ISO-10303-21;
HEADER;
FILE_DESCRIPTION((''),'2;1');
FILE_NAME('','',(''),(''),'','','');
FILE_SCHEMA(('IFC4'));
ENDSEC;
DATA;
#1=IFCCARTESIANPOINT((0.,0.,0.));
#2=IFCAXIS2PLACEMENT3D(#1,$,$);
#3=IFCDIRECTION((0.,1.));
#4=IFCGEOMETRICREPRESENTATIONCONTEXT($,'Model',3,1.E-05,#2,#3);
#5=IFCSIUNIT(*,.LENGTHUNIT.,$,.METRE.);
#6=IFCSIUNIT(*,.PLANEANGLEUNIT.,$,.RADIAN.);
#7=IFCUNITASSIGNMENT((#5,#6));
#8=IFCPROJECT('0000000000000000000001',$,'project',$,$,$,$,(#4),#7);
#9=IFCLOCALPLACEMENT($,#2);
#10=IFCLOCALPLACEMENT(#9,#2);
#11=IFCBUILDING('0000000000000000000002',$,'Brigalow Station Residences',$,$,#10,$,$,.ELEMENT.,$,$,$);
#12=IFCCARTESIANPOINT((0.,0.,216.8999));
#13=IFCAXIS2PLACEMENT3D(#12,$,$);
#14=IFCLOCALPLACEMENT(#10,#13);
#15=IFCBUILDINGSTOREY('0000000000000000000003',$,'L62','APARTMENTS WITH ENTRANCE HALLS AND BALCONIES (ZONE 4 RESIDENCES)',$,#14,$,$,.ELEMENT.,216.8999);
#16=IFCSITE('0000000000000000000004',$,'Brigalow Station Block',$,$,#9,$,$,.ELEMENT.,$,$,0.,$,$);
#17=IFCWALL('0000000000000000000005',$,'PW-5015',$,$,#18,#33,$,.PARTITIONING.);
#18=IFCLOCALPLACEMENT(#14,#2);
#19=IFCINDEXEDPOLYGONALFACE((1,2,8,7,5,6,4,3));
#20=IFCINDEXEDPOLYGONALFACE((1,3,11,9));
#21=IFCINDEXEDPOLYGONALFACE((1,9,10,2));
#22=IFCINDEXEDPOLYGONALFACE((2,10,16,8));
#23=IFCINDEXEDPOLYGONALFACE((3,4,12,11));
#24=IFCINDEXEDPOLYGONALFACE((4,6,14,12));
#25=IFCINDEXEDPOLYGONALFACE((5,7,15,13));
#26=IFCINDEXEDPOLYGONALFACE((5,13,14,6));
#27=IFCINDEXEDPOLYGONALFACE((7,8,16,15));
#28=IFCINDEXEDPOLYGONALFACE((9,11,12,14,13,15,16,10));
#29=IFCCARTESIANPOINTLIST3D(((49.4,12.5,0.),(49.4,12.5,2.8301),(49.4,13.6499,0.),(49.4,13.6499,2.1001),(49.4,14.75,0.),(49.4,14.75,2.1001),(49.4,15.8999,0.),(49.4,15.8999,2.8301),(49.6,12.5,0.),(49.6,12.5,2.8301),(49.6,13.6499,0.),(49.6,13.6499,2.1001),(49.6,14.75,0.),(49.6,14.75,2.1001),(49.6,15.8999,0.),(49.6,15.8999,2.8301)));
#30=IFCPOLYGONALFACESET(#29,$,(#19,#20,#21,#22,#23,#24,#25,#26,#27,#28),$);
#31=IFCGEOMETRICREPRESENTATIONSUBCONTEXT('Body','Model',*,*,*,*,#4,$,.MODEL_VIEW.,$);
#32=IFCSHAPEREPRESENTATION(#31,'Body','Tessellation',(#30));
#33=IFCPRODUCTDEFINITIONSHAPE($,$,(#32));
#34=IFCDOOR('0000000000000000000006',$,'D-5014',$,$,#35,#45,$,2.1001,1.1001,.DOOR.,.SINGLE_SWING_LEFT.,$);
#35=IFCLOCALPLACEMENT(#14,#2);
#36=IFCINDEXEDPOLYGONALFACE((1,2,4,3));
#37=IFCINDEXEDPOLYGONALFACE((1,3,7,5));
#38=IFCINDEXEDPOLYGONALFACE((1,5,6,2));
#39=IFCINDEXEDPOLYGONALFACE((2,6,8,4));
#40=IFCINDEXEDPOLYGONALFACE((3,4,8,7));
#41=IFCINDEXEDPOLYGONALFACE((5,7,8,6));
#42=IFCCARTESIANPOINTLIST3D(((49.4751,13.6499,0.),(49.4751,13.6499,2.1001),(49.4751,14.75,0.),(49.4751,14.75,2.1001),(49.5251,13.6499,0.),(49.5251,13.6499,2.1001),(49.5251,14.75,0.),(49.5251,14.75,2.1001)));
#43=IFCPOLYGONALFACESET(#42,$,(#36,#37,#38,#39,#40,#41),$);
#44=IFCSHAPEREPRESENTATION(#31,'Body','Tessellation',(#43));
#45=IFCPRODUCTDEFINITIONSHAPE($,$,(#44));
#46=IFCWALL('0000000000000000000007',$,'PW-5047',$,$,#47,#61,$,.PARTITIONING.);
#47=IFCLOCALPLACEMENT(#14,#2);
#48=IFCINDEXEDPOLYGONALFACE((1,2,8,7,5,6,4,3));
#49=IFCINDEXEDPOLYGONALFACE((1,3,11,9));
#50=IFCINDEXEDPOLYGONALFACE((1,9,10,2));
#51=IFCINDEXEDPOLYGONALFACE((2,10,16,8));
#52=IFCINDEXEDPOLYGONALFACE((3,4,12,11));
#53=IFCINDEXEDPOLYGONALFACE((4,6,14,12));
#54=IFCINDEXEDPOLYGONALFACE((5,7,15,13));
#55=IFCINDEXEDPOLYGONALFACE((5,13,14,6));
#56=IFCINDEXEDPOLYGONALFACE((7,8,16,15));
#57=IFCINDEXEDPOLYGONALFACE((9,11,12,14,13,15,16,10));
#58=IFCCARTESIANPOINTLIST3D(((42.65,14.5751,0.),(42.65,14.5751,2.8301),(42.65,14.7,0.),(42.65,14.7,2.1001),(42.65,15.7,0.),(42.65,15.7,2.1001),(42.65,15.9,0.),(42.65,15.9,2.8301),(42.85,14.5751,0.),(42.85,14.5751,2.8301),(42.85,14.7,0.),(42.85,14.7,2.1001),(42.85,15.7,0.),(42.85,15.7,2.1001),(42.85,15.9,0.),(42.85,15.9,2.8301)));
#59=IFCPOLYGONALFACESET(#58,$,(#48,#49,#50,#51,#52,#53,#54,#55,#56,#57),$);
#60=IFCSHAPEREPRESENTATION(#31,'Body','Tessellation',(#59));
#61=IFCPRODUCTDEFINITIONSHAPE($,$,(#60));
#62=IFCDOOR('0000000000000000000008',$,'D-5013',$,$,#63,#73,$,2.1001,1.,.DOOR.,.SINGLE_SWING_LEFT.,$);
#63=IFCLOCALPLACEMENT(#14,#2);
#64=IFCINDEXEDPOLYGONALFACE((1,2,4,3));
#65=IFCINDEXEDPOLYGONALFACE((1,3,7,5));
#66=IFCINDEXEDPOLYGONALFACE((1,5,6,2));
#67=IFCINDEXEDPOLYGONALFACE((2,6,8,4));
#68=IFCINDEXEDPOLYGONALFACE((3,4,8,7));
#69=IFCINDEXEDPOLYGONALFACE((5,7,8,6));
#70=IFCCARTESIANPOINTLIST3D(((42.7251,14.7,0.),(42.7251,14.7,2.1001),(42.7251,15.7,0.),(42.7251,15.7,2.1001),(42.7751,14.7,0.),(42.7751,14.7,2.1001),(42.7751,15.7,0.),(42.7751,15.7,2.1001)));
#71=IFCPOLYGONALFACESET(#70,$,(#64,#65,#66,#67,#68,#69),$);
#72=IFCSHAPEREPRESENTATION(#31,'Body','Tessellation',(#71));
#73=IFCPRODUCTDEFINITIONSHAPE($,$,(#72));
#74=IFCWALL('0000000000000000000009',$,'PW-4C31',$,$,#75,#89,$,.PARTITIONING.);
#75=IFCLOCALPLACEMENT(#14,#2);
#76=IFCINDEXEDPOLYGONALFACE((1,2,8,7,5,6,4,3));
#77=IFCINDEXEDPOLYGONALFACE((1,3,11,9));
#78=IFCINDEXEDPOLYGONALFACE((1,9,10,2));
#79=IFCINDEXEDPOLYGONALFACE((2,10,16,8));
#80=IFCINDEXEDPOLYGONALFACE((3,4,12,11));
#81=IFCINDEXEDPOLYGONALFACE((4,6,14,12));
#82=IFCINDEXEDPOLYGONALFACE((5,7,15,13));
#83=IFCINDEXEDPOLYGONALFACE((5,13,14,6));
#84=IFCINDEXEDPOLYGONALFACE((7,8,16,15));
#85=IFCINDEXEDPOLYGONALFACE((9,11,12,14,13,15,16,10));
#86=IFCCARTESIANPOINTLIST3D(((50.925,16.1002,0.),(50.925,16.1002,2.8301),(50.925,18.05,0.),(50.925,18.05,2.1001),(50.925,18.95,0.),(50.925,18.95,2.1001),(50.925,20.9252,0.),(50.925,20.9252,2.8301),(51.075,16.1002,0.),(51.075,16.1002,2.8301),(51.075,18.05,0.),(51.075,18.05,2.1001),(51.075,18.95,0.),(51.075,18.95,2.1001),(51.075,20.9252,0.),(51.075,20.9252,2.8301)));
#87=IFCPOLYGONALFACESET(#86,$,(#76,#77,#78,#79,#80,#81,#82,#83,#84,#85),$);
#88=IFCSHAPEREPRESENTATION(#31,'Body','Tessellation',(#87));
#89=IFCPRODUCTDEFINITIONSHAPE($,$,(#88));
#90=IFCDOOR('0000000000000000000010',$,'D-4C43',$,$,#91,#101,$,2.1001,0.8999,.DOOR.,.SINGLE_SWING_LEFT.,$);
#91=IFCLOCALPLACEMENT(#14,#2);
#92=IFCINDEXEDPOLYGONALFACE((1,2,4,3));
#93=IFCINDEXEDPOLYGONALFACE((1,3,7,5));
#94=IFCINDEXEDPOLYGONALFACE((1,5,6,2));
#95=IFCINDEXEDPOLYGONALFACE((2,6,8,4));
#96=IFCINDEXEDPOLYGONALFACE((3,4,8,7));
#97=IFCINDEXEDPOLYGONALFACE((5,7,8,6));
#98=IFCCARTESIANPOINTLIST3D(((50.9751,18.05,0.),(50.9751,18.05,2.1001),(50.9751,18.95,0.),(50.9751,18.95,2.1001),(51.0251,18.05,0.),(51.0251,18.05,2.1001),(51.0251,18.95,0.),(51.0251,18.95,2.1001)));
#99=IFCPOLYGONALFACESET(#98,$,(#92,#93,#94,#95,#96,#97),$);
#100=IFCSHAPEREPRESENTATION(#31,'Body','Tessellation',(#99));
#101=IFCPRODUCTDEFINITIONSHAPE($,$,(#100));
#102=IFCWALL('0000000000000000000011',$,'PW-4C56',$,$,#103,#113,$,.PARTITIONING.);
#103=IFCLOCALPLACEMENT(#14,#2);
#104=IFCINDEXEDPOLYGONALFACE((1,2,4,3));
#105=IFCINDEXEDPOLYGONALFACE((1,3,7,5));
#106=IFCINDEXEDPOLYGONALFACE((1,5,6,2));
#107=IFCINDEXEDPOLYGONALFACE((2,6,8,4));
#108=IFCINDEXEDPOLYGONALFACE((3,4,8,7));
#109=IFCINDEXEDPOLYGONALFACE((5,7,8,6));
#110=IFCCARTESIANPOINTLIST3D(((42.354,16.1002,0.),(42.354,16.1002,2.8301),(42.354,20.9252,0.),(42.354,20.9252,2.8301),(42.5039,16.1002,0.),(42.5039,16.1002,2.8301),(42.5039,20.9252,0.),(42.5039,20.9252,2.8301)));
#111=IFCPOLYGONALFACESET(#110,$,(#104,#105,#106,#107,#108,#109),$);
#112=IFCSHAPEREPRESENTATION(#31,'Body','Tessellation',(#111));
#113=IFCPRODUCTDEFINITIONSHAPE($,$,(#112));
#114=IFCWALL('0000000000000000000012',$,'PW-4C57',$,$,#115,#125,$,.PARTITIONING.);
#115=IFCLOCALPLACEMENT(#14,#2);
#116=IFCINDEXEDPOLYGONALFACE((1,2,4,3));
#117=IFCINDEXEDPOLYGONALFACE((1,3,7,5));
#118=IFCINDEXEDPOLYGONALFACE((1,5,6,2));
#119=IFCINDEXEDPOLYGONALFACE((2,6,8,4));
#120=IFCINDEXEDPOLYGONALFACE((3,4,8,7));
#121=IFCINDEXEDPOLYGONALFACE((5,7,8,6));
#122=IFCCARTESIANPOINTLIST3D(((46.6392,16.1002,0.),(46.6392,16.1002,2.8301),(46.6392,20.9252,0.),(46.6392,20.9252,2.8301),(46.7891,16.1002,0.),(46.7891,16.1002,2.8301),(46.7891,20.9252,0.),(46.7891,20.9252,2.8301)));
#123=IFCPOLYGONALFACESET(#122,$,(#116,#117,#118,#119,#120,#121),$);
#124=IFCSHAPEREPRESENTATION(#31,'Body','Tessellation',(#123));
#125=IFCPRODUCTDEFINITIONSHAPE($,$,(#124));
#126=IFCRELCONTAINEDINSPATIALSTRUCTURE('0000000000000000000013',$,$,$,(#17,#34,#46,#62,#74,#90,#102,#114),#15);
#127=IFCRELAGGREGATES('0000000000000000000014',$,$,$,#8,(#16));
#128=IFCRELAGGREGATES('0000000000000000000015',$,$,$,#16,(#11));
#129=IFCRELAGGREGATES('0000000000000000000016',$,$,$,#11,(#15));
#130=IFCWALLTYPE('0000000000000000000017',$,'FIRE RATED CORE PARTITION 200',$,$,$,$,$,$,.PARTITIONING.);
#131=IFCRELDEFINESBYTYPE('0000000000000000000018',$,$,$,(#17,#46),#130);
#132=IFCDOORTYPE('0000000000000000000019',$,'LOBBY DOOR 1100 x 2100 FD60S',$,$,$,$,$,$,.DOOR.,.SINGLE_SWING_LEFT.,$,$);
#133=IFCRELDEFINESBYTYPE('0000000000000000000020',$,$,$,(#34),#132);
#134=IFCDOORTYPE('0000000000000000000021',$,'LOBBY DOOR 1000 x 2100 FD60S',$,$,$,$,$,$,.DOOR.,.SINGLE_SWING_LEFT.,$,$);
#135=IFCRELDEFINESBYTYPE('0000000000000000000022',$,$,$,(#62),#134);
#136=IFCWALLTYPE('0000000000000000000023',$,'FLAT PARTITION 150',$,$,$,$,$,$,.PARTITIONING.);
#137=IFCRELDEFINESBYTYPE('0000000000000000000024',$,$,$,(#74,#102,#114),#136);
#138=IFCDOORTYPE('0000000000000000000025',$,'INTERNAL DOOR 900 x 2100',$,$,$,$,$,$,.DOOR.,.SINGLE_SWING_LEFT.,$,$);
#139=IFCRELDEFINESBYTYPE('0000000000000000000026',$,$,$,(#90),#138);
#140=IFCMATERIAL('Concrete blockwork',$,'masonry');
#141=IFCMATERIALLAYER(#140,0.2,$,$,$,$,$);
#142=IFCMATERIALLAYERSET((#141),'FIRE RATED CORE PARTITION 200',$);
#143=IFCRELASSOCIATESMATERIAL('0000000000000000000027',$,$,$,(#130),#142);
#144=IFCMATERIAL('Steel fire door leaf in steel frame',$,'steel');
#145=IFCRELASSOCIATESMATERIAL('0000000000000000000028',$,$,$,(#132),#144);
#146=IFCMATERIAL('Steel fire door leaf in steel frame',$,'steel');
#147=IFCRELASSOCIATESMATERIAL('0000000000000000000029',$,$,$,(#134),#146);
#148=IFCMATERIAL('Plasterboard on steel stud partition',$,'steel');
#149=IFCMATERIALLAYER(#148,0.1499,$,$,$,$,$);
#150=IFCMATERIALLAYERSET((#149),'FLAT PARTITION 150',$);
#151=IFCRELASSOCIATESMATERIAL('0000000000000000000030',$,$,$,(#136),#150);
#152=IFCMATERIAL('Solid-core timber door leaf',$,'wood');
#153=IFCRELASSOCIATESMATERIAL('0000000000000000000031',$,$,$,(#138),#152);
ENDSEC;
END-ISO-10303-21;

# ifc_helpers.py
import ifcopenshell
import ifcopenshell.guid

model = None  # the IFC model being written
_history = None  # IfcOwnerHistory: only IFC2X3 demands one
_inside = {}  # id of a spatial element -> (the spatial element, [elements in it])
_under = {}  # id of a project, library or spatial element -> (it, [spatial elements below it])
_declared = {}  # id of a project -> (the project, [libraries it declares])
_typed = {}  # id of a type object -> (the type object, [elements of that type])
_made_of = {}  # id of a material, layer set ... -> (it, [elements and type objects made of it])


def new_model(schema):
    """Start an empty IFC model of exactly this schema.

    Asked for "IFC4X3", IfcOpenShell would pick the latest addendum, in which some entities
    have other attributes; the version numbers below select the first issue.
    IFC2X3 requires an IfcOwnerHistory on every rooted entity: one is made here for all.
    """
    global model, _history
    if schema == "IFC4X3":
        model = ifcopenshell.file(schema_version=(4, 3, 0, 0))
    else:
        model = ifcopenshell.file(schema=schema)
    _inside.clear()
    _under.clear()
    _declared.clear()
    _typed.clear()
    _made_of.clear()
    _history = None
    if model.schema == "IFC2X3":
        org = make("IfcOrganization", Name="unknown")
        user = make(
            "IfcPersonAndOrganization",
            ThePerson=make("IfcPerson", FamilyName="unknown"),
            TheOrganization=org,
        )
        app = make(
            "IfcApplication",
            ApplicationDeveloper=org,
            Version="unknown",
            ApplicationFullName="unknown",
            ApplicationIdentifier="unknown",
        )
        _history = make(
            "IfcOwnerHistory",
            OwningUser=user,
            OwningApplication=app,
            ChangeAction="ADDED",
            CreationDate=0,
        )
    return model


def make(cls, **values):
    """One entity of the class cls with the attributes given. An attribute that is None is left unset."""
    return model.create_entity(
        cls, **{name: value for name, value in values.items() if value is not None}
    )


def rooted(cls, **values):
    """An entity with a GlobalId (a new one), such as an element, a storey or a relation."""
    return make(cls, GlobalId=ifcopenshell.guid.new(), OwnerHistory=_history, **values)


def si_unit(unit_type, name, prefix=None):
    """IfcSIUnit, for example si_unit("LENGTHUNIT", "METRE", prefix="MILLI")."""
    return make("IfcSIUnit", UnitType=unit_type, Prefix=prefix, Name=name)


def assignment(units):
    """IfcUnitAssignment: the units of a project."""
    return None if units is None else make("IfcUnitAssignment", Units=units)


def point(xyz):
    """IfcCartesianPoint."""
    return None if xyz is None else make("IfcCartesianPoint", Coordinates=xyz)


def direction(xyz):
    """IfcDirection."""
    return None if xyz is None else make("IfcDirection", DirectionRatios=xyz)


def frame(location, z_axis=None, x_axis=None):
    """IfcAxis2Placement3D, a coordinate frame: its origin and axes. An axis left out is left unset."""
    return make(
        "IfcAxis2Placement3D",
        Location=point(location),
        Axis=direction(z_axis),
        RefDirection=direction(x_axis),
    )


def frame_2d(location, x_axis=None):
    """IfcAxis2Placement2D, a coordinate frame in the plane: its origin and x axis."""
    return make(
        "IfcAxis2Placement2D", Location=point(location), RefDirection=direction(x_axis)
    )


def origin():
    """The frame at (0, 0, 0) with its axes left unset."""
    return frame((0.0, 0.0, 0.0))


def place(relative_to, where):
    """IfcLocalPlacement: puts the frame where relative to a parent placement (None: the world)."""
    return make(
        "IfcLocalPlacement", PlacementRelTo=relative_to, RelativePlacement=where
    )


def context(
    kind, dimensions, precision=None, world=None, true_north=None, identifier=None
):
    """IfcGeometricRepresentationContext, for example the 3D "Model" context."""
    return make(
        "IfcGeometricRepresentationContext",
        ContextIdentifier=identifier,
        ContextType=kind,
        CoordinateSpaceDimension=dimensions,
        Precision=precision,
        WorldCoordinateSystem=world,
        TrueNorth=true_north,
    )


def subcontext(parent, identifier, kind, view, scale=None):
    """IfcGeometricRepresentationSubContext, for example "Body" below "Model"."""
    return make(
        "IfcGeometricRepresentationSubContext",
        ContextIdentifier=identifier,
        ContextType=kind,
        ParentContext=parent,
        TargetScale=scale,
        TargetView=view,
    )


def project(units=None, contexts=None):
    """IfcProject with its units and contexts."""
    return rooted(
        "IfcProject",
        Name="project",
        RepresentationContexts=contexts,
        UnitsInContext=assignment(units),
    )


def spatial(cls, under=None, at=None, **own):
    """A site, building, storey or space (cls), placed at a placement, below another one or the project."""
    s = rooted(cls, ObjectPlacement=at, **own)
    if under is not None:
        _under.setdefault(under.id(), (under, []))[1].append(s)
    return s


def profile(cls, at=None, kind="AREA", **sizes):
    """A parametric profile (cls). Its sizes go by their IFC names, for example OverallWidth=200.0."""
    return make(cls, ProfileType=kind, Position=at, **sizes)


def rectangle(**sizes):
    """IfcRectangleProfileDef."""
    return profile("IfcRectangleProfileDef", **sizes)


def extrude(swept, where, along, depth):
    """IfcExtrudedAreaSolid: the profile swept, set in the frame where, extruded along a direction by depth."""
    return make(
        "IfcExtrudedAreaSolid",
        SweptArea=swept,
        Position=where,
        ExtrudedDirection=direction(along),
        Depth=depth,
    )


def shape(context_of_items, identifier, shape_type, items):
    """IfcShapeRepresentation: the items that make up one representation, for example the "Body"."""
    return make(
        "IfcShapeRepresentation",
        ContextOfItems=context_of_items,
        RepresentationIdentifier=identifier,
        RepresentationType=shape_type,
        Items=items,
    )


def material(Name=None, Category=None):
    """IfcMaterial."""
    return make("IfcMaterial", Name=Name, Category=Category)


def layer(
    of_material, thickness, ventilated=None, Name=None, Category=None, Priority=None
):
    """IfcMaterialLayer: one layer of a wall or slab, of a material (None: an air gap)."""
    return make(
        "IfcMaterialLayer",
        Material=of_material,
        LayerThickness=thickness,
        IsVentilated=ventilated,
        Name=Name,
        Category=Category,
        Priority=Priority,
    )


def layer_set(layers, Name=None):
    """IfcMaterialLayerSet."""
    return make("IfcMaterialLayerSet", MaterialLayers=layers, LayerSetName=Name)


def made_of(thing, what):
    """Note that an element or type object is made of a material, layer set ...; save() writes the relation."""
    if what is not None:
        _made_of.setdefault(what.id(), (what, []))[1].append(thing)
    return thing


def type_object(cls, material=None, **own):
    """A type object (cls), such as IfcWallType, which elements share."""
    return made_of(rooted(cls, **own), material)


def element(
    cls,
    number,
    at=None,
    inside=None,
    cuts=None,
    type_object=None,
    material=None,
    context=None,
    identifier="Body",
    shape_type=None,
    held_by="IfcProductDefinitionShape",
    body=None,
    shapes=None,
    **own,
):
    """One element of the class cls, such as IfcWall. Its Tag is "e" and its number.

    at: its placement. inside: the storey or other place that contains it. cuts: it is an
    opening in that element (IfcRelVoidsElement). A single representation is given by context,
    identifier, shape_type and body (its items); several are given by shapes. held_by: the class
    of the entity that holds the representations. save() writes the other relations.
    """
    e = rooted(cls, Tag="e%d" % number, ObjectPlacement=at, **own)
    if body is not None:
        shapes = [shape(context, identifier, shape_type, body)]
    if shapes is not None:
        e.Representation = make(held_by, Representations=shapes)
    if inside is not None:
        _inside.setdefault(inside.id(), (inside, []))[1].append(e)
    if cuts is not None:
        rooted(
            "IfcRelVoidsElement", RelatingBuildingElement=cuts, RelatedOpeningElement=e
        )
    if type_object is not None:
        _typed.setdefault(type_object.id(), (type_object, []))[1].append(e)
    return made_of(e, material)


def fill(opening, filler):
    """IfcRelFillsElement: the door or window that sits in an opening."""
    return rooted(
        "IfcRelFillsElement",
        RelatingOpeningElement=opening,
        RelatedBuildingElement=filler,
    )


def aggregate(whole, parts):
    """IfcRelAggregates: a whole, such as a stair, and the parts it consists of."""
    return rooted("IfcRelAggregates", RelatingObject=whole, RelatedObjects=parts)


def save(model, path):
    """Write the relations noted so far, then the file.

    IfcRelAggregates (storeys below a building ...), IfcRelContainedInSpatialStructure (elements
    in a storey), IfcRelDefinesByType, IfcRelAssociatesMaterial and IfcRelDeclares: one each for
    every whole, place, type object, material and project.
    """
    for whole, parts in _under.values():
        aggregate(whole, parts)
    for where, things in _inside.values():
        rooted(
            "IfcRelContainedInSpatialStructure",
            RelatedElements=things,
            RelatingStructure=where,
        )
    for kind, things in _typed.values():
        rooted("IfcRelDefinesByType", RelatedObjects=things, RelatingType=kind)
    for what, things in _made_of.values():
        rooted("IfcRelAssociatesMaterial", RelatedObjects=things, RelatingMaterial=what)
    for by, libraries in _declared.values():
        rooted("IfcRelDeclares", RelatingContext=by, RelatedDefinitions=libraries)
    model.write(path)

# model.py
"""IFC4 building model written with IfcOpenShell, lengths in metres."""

from ifc_helpers import new_model, si_unit, direction, frame, frame_2d, origin, place, context, subcontext, project, spatial, rectangle, extrude, material, layer, layer_set, type_object, element, fill, save


model = new_model("IFC4")

# Units and contexts
model_context = context("Model", 3, precision=1e-05, world=origin(), true_north=direction((0.0, 1.0)))
body_context = subcontext(model_context, "Body", "Model", "MODEL_VIEW")
ifc_project = project(units=[si_unit("LENGTHUNIT", "METRE"), si_unit("PLANEANGLEUNIT", "RADIAN")], contexts=[model_context])

# Site, building, storey
site_placement = place(None, origin())
site = spatial("IfcSite", under=ifc_project, at=site_placement, Name="Brigalow Station Block", CompositionType="ELEMENT", RefElevation=0.0)
building_placement = place(site_placement, origin())
building = spatial("IfcBuilding", under=site, at=building_placement, Name="Brigalow Station Residences", CompositionType="ELEMENT")
storey_placement = place(building_placement, frame((0.0, 0.0, 216.8999)))
storey = spatial("IfcBuildingStorey", under=building, at=storey_placement, Name="L62", Description="APARTMENTS WITH ENTRANCE HALLS AND BALCONIES (ZONE 4 RESIDENCES)", CompositionType="ELEMENT", Elevation=216.8999)

# Shared definitions
ifc_material_1 = material(Name="Concrete blockwork", Category="masonry")
ifc_layer_1 = layer(ifc_material_1, 0.2)
ifc_layer_set_1 = layer_set([ifc_layer_1], Name="FIRE RATED CORE PARTITION 200")
wall_type_1 = type_object("IfcWallType", Name="FIRE RATED CORE PARTITION 200", PredefinedType="PARTITIONING", material=ifc_layer_set_1)

# Walls, openings, doors
wall_1_placement = place(storey_placement, frame((49.5, 12.5, 0.0), z_axis=(0.0, 0.0, 1.0), x_axis=(0.0, 1.0, 0.0)))
wall_1 = element("IfcWall", 1, at=wall_1_placement, inside=storey, type_object=wall_type_1, Name="PW-5015", PredefinedType="PARTITIONING", context=body_context, shape_type="SweptSolid", body=[
    extrude(rectangle(XDim=3.3999, YDim=0.2, at=frame_2d((1.7, 0.0))), origin(), (0.0, 0.0, 1.0), 2.8301),
])
opening_1_placement = place(wall_1_placement, frame((1.1499, 0.0, 0.0)))
opening_1 = element("IfcOpeningElement", 2, at=opening_1_placement, cuts=wall_1, PredefinedType="OPENING", context=body_context, shape_type="SweptSolid", body=[
    extrude(rectangle(XDim=1.1001, YDim=2.1001, at=frame_2d((0.55, 1.05))), frame((0.0, 0.1099, 0.0), z_axis=(0.0, -1.0, 0.0), x_axis=(1.0, 0.0, 0.0)), (0.0, 0.0, 1.0), 0.22),
])
ifc_material_2 = material(Name="Steel fire door leaf in steel frame", Category="steel")
door_type_1 = type_object("IfcDoorType", Name="LOBBY DOOR 1100 x 2100 FD60S", OperationType="SINGLE_SWING_LEFT", PredefinedType="DOOR", material=ifc_material_2)
door_1_placement = place(opening_1_placement, origin())
door_1 = element("IfcDoor", 3, at=door_1_placement, inside=storey, type_object=door_type_1, Name="D-5014", OperationType="SINGLE_SWING_LEFT", OverallHeight=2.1001, OverallWidth=1.1001, PredefinedType="DOOR", context=body_context, shape_type="SweptSolid", body=[
    extrude(rectangle(XDim=1.1001, YDim=2.1001, at=frame_2d((0.55, 1.05))), frame((0.0, 0.0249, 0.0), z_axis=(0.0, -1.0, 0.0), x_axis=(1.0, 0.0, 0.0)), (0.0, 0.0, 1.0), 0.05),
])
fill(opening_1, door_1)
wall_2_placement = place(storey_placement, frame((42.75, 14.575, 0.0), z_axis=(0.0, 0.0, 1.0), x_axis=(0.0, 1.0, 0.0)))
wall_2 = element("IfcWall", 4, at=wall_2_placement, inside=storey, type_object=wall_type_1, Name="PW-5047", PredefinedType="PARTITIONING", context=body_context, shape_type="SweptSolid", body=[
    extrude(rectangle(XDim=1.325, YDim=0.2, at=frame_2d((0.6626, 0.0))), origin(), (0.0, 0.0, 1.0), 2.8301),
])
opening_2_placement = place(wall_2_placement, frame((0.125, 0.0, 0.0)))
opening_2 = element("IfcOpeningElement", 5, at=opening_2_placement, cuts=wall_2, PredefinedType="OPENING", context=body_context, shape_type="SweptSolid", body=[
    extrude(rectangle(XDim=1.0, YDim=2.1001, at=frame_2d((0.5, 1.05))), frame((0.0, 0.1099, 0.0), z_axis=(0.0, -1.0, 0.0), x_axis=(1.0, 0.0, 0.0)), (0.0, 0.0, 1.0), 0.22),
])
ifc_material_3 = material(Name="Steel fire door leaf in steel frame", Category="steel")
door_type_2 = type_object("IfcDoorType", Name="LOBBY DOOR 1000 x 2100 FD60S", OperationType="SINGLE_SWING_LEFT", PredefinedType="DOOR", material=ifc_material_3)
door_2_placement = place(opening_2_placement, origin())
door_2 = element("IfcDoor", 6, at=door_2_placement, inside=storey, type_object=door_type_2, Name="D-5013", OperationType="SINGLE_SWING_LEFT", OverallHeight=2.1001, OverallWidth=1.0, PredefinedType="DOOR", context=body_context, shape_type="SweptSolid", body=[
    extrude(rectangle(XDim=1.0, YDim=2.1001, at=frame_2d((0.5, 1.05))), frame((0.0, 0.0249, 0.0), z_axis=(0.0, -1.0, 0.0), x_axis=(1.0, 0.0, 0.0)), (0.0, 0.0, 1.0), 0.05),
])
fill(opening_2, door_2)
ifc_material_4 = material(Name="Plasterboard on steel stud partition", Category="steel")
ifc_layer_2 = layer(ifc_material_4, 0.1499)
ifc_layer_set_2 = layer_set([ifc_layer_2], Name="FLAT PARTITION 150")
wall_type_2 = type_object("IfcWallType", Name="FLAT PARTITION 150", PredefinedType="PARTITIONING", material=ifc_layer_set_2)
wall_3_placement = place(storey_placement, frame((51.0, 16.1001, 0.0), z_axis=(0.0, 0.0, 1.0), x_axis=(0.0, 1.0, 0.0)))
wall_3 = element("IfcWall", 7, at=wall_3_placement, inside=storey, type_object=wall_type_2, Name="PW-4C31", PredefinedType="PARTITIONING", context=body_context, shape_type="SweptSolid", body=[
    extrude(rectangle(XDim=4.825, YDim=0.1499, at=frame_2d((2.4126, 0.0))), origin(), (0.0, 0.0, 1.0), 2.8301),
])
opening_3_placement = place(wall_3_placement, frame((1.95, 0.0, 0.0)))
opening_3 = element("IfcOpeningElement", 8, at=opening_3_placement, cuts=wall_3, PredefinedType="OPENING", context=body_context, shape_type="SweptSolid", body=[
    extrude(rectangle(XDim=0.8999, YDim=2.1001, at=frame_2d((0.45, 1.05))), frame((0.0, 0.085, 0.0), z_axis=(0.0, -1.0, 0.0), x_axis=(1.0, 0.0, 0.0)), (0.0, 0.0, 1.0), 0.1699),
])
ifc_material_5 = material(Name="Solid-core timber door leaf", Category="wood")
door_type_3 = type_object("IfcDoorType", Name="INTERNAL DOOR 900 x 2100", OperationType="SINGLE_SWING_LEFT", PredefinedType="DOOR", material=ifc_material_5)
door_3_placement = place(opening_3_placement, origin())
door_3 = element("IfcDoor", 9, at=door_3_placement, inside=storey, type_object=door_type_3, Name="D-4C43", OperationType="SINGLE_SWING_LEFT", OverallHeight=2.1001, OverallWidth=0.8999, PredefinedType="DOOR", context=body_context, shape_type="SweptSolid", body=[
    extrude(rectangle(XDim=0.8999, YDim=2.1001, at=frame_2d((0.45, 1.05))), frame((0.0, 0.0249, 0.0), z_axis=(0.0, -1.0, 0.0), x_axis=(1.0, 0.0, 0.0)), (0.0, 0.0, 1.0), 0.05),
])
fill(opening_3, door_3)

# Walls
for number, where, z_axis, x_axis, name in (
    (10, (42.429, 16.1001, 0.0), (0.0, 0.0, 1.0), (0.0, 1.0, 0.0), "PW-4C56"),
    (11, (46.7141, 16.1001, 0.0), (0.0, 0.0, 1.0), (0.0, 1.0, 0.0), "PW-4C57"),
):
    element("IfcWall", number, at=place(storey_placement, frame(where, z_axis=z_axis, x_axis=x_axis)), inside=storey, type_object=wall_type_2, Name=name, PredefinedType="PARTITIONING", context=body_context, shape_type="SweptSolid", body=[
        extrude(rectangle(XDim=4.825, YDim=0.1499, at=frame_2d((2.4126, 0.0))), origin(), (0.0, 0.0, 1.0), 2.8301),
    ])

save(model, "model.ifc")
